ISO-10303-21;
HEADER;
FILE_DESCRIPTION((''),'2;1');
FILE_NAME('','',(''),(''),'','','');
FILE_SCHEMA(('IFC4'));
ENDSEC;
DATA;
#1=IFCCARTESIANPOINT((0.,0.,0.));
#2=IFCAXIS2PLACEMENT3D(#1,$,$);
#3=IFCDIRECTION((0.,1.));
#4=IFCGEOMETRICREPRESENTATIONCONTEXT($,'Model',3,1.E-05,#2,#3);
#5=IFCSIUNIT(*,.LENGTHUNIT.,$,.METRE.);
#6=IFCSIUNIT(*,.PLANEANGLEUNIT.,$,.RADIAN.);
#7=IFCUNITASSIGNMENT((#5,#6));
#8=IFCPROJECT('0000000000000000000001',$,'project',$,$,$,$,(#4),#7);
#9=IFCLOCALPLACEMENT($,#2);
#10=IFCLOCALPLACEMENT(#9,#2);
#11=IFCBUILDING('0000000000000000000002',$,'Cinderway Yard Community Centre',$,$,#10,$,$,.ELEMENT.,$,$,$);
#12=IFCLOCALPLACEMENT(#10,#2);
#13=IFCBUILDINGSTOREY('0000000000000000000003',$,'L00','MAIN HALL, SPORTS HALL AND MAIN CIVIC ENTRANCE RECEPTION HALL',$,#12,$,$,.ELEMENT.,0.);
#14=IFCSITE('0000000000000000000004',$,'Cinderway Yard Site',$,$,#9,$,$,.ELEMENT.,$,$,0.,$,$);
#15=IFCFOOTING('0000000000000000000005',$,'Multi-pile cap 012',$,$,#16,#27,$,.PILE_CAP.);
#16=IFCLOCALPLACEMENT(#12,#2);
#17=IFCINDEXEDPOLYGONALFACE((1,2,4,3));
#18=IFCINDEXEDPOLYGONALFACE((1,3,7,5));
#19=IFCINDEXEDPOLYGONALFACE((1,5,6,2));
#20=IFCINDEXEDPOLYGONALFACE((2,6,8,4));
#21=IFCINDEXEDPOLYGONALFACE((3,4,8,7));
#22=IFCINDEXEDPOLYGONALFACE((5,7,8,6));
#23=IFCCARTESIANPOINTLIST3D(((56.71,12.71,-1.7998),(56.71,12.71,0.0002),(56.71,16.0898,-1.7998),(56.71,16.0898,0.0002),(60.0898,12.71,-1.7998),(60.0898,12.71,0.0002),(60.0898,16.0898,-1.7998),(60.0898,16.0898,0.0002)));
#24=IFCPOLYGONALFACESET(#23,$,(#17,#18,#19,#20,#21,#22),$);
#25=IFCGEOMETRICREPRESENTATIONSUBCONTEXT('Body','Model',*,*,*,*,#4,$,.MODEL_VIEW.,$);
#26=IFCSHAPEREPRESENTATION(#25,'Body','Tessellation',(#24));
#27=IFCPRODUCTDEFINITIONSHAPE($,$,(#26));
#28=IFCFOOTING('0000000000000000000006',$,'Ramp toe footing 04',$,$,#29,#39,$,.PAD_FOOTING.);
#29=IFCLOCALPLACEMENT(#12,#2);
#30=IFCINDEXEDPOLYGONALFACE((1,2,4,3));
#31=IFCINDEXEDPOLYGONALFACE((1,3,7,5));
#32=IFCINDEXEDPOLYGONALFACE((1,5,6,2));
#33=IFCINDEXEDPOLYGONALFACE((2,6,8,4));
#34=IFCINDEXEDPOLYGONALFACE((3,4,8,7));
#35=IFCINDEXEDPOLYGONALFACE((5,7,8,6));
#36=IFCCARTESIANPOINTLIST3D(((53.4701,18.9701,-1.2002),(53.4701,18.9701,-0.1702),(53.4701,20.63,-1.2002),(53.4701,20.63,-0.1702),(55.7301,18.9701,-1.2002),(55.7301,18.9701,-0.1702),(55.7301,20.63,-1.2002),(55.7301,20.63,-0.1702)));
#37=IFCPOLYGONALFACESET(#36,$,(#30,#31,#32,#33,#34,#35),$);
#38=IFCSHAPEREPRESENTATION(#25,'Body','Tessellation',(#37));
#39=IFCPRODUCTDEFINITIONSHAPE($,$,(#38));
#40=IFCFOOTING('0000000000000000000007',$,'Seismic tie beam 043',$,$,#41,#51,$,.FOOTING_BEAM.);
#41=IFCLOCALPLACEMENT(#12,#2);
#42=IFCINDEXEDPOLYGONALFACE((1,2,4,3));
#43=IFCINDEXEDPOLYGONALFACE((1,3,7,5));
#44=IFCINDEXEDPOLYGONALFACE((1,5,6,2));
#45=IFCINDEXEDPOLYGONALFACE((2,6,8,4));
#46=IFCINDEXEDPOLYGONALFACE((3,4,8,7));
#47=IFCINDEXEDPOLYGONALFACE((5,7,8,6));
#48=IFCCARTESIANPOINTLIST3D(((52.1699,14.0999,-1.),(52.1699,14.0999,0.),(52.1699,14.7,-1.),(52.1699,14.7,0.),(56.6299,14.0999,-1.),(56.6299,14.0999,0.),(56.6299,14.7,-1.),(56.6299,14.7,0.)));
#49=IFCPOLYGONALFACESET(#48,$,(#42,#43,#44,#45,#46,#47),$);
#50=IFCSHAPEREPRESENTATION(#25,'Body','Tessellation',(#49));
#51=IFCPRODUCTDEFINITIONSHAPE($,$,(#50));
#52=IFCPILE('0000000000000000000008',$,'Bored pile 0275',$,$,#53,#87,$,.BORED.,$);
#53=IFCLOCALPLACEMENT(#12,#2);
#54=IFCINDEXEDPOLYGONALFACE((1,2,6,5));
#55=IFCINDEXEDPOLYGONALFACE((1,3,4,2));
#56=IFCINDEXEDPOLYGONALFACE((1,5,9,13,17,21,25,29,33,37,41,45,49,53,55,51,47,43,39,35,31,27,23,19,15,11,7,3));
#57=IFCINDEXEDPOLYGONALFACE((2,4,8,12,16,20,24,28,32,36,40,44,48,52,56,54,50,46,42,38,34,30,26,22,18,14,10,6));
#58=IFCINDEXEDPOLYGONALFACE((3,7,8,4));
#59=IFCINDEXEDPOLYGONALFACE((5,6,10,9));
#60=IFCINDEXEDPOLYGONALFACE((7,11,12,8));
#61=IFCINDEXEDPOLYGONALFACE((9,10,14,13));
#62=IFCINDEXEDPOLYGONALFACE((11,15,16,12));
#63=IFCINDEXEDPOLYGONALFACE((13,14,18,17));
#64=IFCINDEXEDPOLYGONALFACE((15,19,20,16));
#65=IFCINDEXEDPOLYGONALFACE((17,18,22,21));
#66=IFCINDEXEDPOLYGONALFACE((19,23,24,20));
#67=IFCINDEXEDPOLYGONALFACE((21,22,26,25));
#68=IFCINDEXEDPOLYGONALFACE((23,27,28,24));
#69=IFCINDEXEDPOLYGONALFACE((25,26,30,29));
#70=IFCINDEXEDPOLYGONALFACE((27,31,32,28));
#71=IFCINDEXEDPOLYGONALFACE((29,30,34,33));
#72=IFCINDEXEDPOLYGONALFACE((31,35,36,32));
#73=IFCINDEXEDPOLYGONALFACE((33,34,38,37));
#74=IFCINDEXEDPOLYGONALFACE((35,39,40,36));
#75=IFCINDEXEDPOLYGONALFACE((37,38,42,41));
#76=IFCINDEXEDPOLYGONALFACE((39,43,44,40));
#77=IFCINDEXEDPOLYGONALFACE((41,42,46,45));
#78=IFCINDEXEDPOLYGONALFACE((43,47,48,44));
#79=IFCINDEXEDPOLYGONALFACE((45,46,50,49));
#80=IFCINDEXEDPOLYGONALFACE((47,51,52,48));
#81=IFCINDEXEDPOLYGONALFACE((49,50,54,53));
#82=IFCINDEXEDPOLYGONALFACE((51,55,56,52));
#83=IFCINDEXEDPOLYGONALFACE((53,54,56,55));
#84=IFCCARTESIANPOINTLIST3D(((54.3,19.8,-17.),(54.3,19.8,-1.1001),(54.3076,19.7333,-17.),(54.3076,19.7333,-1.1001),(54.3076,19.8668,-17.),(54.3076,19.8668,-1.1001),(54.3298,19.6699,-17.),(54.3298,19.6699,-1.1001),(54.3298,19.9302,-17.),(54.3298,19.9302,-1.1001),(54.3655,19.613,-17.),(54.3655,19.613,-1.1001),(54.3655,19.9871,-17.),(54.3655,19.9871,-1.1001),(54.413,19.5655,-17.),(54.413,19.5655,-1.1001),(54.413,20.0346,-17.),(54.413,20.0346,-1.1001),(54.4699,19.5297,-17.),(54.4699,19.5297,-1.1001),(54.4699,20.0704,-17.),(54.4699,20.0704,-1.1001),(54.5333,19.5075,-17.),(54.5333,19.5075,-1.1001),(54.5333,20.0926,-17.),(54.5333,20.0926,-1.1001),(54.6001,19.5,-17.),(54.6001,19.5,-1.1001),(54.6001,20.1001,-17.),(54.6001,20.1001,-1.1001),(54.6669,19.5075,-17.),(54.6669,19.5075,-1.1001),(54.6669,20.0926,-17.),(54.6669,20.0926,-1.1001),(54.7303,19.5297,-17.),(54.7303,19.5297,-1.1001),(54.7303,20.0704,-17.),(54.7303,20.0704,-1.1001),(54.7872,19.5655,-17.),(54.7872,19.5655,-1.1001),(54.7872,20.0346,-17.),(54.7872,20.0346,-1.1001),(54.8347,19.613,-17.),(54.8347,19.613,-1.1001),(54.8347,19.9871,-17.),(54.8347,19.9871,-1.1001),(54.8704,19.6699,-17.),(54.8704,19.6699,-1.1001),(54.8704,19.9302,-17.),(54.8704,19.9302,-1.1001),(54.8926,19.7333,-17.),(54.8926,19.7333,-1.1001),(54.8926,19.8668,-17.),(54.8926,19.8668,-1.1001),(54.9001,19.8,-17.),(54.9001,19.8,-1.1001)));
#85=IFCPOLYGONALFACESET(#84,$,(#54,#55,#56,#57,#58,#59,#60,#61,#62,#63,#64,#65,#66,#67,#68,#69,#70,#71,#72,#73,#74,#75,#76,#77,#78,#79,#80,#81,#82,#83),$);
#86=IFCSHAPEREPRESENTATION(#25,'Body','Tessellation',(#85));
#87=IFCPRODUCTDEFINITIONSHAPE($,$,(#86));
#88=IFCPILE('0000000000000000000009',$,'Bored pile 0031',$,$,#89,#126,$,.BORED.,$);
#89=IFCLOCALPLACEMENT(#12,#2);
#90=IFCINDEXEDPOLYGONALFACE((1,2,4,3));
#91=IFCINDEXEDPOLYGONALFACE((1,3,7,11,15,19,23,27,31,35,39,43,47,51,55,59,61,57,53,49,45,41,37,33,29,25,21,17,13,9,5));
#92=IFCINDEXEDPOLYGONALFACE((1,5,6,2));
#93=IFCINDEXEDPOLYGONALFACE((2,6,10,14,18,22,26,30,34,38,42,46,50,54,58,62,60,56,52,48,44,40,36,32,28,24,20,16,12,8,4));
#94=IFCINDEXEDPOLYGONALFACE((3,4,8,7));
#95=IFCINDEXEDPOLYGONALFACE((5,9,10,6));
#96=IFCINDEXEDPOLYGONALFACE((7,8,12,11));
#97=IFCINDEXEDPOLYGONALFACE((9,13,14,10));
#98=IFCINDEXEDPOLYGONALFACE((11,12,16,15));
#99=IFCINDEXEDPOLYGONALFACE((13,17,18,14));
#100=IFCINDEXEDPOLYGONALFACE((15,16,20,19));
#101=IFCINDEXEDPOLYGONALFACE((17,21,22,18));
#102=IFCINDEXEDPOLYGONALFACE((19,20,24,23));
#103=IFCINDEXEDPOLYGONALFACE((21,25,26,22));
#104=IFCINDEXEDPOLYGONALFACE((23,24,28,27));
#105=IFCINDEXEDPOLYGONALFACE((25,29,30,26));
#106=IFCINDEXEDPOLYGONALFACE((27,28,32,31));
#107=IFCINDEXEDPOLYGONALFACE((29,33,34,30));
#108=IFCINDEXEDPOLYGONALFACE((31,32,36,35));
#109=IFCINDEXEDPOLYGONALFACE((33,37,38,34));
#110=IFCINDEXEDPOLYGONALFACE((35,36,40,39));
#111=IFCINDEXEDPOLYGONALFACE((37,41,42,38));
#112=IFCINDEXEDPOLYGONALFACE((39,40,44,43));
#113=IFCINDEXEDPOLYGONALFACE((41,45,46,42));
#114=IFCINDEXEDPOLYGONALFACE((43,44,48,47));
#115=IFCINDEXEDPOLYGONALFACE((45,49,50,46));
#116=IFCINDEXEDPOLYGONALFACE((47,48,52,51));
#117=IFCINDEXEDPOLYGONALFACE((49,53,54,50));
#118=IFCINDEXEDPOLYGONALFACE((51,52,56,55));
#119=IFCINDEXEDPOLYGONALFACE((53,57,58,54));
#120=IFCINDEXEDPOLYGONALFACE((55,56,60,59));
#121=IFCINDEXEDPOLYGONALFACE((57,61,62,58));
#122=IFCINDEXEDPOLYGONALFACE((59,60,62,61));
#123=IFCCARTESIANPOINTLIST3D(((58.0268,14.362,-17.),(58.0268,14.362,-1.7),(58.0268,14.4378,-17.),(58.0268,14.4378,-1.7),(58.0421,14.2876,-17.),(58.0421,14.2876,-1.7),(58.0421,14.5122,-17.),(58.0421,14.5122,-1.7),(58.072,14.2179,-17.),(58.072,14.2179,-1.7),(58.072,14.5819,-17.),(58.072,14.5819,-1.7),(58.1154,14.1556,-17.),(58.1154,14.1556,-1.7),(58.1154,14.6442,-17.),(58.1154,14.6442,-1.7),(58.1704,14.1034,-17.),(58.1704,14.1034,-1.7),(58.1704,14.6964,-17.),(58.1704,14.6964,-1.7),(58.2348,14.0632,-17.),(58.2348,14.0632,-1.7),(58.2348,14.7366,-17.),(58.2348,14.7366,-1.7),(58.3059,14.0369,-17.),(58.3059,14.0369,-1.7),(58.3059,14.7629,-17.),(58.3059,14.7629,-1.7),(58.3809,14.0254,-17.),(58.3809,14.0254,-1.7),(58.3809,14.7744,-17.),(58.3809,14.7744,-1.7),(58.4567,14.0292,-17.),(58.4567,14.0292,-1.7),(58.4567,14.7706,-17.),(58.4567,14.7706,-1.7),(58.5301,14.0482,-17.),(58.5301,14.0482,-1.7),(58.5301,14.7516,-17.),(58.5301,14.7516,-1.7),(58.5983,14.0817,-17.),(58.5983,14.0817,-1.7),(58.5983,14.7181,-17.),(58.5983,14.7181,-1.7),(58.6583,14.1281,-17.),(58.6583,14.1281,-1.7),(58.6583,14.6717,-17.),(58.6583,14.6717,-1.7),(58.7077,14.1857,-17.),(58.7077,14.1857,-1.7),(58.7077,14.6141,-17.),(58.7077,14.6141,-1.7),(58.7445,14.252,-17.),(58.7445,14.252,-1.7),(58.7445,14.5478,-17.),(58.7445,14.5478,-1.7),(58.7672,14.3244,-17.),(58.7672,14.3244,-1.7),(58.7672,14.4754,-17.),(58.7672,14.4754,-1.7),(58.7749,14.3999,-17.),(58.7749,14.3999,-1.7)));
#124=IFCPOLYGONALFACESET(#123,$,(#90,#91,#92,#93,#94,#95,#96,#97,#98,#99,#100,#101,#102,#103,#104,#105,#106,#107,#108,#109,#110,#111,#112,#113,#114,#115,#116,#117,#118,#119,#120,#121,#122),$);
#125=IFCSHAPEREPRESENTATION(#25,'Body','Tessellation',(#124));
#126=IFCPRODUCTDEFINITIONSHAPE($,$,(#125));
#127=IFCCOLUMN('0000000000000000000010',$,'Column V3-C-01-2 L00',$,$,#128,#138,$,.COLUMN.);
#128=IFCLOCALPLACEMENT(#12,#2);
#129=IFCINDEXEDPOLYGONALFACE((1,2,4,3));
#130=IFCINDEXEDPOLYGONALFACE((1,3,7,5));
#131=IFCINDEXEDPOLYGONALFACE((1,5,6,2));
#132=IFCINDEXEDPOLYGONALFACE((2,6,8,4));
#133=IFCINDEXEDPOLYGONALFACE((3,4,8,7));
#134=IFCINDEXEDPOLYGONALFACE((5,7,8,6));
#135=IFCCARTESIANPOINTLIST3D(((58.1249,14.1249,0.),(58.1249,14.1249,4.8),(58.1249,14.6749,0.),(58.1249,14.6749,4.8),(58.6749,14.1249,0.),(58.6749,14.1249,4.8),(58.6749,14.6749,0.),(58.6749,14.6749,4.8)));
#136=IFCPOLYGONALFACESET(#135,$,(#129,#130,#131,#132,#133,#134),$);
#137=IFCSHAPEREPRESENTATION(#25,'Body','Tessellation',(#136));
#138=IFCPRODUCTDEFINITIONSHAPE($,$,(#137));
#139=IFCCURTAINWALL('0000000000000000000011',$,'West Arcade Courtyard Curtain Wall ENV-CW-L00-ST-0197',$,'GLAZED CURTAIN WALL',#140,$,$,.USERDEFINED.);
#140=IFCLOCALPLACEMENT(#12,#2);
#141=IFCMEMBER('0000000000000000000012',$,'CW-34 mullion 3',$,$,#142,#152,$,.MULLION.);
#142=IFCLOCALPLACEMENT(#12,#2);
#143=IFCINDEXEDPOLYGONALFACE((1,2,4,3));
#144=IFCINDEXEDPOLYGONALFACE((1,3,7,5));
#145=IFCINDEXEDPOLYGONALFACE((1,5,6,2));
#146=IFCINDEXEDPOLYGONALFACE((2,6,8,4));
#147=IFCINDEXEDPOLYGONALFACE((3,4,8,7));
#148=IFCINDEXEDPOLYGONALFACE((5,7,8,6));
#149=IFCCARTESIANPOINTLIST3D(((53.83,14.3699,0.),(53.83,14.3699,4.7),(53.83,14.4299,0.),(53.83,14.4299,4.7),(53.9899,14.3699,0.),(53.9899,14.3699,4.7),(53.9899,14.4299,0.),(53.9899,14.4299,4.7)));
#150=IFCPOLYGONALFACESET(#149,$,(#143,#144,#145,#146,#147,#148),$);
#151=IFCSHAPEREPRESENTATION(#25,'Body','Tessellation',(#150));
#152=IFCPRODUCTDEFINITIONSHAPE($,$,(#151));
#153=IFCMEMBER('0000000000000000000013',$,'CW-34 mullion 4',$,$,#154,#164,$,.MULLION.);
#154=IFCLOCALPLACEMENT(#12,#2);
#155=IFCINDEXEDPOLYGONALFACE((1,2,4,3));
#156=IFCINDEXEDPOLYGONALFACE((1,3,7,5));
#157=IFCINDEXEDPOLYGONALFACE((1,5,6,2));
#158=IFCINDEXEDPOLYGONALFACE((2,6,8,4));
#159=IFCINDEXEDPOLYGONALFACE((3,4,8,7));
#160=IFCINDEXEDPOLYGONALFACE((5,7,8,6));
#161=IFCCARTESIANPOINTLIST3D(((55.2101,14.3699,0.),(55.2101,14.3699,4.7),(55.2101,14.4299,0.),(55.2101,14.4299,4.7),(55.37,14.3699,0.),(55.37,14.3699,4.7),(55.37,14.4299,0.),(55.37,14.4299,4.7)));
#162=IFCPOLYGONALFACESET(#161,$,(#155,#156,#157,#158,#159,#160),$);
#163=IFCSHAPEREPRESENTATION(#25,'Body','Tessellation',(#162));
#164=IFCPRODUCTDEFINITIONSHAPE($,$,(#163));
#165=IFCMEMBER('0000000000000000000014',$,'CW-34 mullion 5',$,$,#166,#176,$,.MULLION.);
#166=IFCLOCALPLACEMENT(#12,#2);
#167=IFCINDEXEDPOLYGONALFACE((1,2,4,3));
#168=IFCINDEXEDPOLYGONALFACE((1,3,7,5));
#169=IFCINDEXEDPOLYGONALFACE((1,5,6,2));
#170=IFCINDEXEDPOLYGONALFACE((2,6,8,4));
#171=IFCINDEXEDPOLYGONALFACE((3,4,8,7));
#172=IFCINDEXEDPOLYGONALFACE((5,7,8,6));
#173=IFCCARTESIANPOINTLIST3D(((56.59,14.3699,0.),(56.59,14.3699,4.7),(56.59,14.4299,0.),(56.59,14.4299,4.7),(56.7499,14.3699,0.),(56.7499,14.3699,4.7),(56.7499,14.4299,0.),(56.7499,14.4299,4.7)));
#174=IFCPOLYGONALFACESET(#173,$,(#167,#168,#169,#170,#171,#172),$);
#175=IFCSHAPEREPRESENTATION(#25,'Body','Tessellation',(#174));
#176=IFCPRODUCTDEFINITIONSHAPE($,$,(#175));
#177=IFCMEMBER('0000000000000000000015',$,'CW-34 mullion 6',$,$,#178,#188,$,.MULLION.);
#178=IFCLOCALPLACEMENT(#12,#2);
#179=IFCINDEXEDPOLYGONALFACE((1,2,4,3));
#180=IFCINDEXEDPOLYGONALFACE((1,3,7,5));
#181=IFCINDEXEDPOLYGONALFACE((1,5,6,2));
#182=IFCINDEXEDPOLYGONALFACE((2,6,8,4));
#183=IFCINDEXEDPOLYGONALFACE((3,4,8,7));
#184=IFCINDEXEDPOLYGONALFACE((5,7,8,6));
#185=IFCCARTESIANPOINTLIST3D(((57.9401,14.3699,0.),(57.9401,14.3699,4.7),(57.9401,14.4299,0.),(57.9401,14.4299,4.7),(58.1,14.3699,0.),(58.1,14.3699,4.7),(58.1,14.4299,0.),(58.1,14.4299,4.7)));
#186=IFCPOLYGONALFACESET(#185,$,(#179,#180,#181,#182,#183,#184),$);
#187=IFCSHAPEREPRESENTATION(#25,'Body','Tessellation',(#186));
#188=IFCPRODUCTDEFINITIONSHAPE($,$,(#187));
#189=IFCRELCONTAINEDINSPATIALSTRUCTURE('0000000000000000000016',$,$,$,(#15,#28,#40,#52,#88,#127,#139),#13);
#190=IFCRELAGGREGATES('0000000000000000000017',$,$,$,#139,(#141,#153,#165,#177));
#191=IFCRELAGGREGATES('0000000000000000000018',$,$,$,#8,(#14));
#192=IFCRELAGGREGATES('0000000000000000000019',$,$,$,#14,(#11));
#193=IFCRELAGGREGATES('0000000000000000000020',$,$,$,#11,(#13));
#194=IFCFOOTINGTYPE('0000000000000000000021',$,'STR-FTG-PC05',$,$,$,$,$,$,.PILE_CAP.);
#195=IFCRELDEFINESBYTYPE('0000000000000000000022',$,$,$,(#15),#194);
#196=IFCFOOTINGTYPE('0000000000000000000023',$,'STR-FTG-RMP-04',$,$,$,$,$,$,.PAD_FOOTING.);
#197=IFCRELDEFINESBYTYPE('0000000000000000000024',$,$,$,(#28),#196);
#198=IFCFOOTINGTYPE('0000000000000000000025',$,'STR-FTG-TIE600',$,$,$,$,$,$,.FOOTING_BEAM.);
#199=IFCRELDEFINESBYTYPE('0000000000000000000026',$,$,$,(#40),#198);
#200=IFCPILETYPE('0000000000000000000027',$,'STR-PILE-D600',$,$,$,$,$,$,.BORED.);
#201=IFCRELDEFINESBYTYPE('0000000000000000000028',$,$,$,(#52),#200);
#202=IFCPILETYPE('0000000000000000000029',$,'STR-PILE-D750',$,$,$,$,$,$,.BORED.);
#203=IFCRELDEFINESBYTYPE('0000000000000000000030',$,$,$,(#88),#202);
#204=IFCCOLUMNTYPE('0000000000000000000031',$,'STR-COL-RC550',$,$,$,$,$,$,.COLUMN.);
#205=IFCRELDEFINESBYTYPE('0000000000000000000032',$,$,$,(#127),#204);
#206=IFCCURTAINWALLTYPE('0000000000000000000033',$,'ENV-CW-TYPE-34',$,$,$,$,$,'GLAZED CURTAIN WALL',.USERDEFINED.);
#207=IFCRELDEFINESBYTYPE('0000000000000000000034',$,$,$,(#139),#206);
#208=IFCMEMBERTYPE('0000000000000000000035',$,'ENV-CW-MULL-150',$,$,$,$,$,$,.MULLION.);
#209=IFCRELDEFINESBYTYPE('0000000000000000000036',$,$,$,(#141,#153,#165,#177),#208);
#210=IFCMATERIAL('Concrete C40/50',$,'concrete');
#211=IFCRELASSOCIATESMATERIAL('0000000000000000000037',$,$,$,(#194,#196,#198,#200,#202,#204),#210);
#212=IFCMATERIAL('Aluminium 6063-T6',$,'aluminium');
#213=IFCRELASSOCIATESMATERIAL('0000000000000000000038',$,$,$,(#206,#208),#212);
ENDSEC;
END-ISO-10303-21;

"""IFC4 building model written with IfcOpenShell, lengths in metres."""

from ifc_helpers import new_model, si_unit, direction, frame, origin, origin_2d, place, context, subcontext, project, spatial, rectangle, circle, extrude, material, material_profile, profile_set, type_object, element, aggregate, save


model = new_model("IFC4")

# Units and contexts
model_context = context("Model", 3, precision=1e-05, world=origin(), true_north=direction((0.0, 1.0)))
body_context = subcontext(model_context, "Body", "Model", "MODEL_VIEW")
ifc_project = project(units=[si_unit("LENGTHUNIT", "METRE"), si_unit("PLANEANGLEUNIT", "RADIAN")], contexts=[model_context])

# Site, building, storey
site_placement = place(None, origin())
site = spatial("IfcSite", under=ifc_project, at=site_placement, Name="Cinderway Yard Site", CompositionType="ELEMENT", RefElevation=0.0)
building_placement = place(site_placement, origin())
building = spatial("IfcBuilding", under=site, at=building_placement, Name="Cinderway Yard Community Centre", CompositionType="ELEMENT")
storey_placement = place(building_placement, origin())
storey = spatial("IfcBuildingStorey", under=building, at=storey_placement, Name="L00", Description="MAIN HALL, SPORTS HALL AND MAIN CIVIC ENTRANCE RECEPTION HALL", CompositionType="ELEMENT", Elevation=0.0)

# Footings
ifc_material_1 = material(Name="Concrete C40/50", Category="concrete")
footing_type_1 = type_object("IfcFootingType", Name="STR-FTG-PC05", PredefinedType="PILE_CAP", material=ifc_material_1)
footing_1_placement = place(storey_placement, frame((58.3999, 14.3999, -1.7998), z_axis=(0.0, 0.0, 1.0), x_axis=(1.0, 0.0, 0.0)))
element("IfcFooting", 1, at=footing_1_placement, inside=storey, type_object=footing_type_1, Name="Multi-pile cap 012", PredefinedType="PILE_CAP", context=body_context, shape_type="SweptSolid", body=[
    extrude(rectangle(XDim=3.3799, YDim=3.3799, at=origin_2d()), origin(), (0.0, 0.0, 1.0), 1.8),
])
footing_type_2 = type_object("IfcFootingType", Name="STR-FTG-RMP-04", PredefinedType="PAD_FOOTING", material=ifc_material_1)
footing_2_placement = place(storey_placement, frame((54.6001, 19.8, -1.2002), z_axis=(0.0, 0.0, 1.0), x_axis=(1.0, 0.0, 0.0)))
element("IfcFooting", 2, at=footing_2_placement, inside=storey, type_object=footing_type_2, Name="Ramp toe footing 04", PredefinedType="PAD_FOOTING", context=body_context, shape_type="SweptSolid", body=[
    extrude(rectangle(XDim=2.26, YDim=1.6599, at=origin_2d()), origin(), (0.0, 0.0, 1.0), 1.03),
])
footing_type_3 = type_object("IfcFootingType", Name="STR-FTG-TIE600", PredefinedType="FOOTING_BEAM", material=ifc_material_1)
footing_3_placement = place(storey_placement, frame((54.3999, 14.3999, -1.0), z_axis=(0.0, 0.0, 1.0), x_axis=(1.0, 0.0, 0.0)))
element("IfcFooting", 3, at=footing_3_placement, inside=storey, type_object=footing_type_3, Name="Seismic tie beam 043", PredefinedType="FOOTING_BEAM", context=body_context, shape_type="SweptSolid", body=[
    extrude(rectangle(XDim=4.46, YDim=0.6001, at=origin_2d()), origin(), (0.0, 0.0, 1.0), 1.0),
])

# Piles
ifc_material_profile_1 = material_profile(ifc_material_1, circle(Radius=0.3, at=origin_2d()), Name="Concrete C40/50")
ifc_profile_set_1 = profile_set([ifc_material_profile_1], Name="Concrete C40/50")
pile_type_1 = type_object("IfcPileType", Name="STR-PILE-D600", PredefinedType="BORED", material=ifc_profile_set_1)
pile_1_placement = place(storey_placement, frame((54.6001, 19.8, -1.1001), z_axis=(0.0, 0.0, -1.0), x_axis=(1.0, 0.0, 0.0)))
element("IfcPile", 4, at=pile_1_placement, inside=storey, type_object=pile_type_1, Name="Bored pile 0275", PredefinedType="BORED", context=body_context, shape_type="SweptSolid", body=[
    extrude(circle(Radius=0.3, at=origin_2d()), origin(), (0.0, 0.0, 1.0), 15.8999),
])
ifc_material_profile_2 = material_profile(ifc_material_1, circle(Radius=0.375, at=origin_2d()), Name="Concrete C40/50")
ifc_profile_set_2 = profile_set([ifc_material_profile_2], Name="Concrete C40/50")
pile_type_2 = type_object("IfcPileType", Name="STR-PILE-D750", PredefinedType="BORED", material=ifc_profile_set_2)
pile_2_placement = place(storey_placement, frame((58.3999, 14.3999, -1.7), z_axis=(0.0, 0.0, -1.0), x_axis=(1.0, 0.0, 0.0)))
element("IfcPile", 5, at=pile_2_placement, inside=storey, type_object=pile_type_2, Name="Bored pile 0031", PredefinedType="BORED", context=body_context, shape_type="SweptSolid", body=[
    extrude(circle(Radius=0.375, at=origin_2d()), origin(), (0.0, 0.0, 1.0), 15.3),
])

# Column
ifc_material_profile_3 = material_profile(ifc_material_1, rectangle(XDim=0.55, YDim=0.55, at=origin_2d()), Name="Concrete C40/50")
ifc_profile_set_3 = profile_set([ifc_material_profile_3], Name="Concrete C40/50")
column_type = type_object("IfcColumnType", Name="STR-COL-RC550", PredefinedType="COLUMN", material=ifc_profile_set_3)
column_placement = place(storey_placement, frame((58.3999, 14.3999, 0.0), z_axis=(0.0, 0.0, 1.0), x_axis=(1.0, 0.0, 0.0)))
element("IfcColumn", 6, at=column_placement, inside=storey, type_object=column_type, Name="Column V3-C-01-2 L00", PredefinedType="COLUMN", context=body_context, shape_type="SweptSolid", body=[
    extrude(rectangle(XDim=0.55, YDim=0.55, at=origin_2d()), origin(), (0.0, 0.0, 1.0), 4.8),
])

# Curtain wall, members
ifc_material_2 = material(Name="Aluminium 6063-T6", Category="aluminium")
curtain_wall_type = type_object("IfcCurtainWallType", Name="ENV-CW-TYPE-34", ElementType="GLAZED CURTAIN WALL", PredefinedType="USERDEFINED", material=ifc_material_2)
curtain_wall_placement = place(storey_placement, origin())
curtain_wall = element("IfcCurtainWall", 7, at=curtain_wall_placement, inside=storey, type_object=curtain_wall_type, Name="West Arcade Courtyard Curtain Wall ENV-CW-L00-ST-0197", ObjectType="GLAZED CURTAIN WALL", PredefinedType="USERDEFINED")
ifc_material_profile_4 = material_profile(ifc_material_2, rectangle(XDim=0.0601, YDim=0.1599, at=origin_2d()), Name="Aluminium 6063-T6")
ifc_profile_set_4 = profile_set([ifc_material_profile_4], Name="Aluminium 6063-T6")
member_type_1 = type_object("IfcMemberType", Name="ENV-CW-MULL-150", PredefinedType="MULLION", material=ifc_profile_set_4)
member_1_placement = place(storey_placement, frame((53.9099, 14.3999, 0.0), z_axis=(0.0, 0.0, 1.0), x_axis=(0.0, 1.0, 0.0)))
member_1 = element("IfcMember", 8, at=member_1_placement, type_object=member_type_1, Name="CW-34 mullion 3", PredefinedType="MULLION", context=body_context, shape_type="SweptSolid", body=[
    extrude(rectangle(XDim=0.0601, YDim=0.1599, at=origin_2d()), origin(), (0.0, 0.0, 1.0), 4.7),
])
member_2_placement = place(storey_placement, frame((55.29, 14.3999, 0.0), z_axis=(0.0, 0.0, 1.0), x_axis=(0.0, 1.0, 0.0)))
member_2 = element("IfcMember", 9, at=member_2_placement, type_object=member_type_1, Name="CW-34 mullion 4", PredefinedType="MULLION", context=body_context, shape_type="SweptSolid", body=[
    extrude(rectangle(XDim=0.0601, YDim=0.1599, at=origin_2d()), origin(), (0.0, 0.0, 1.0), 4.7),
])
member_3_placement = place(storey_placement, frame((56.6699, 14.3999, 0.0), z_axis=(0.0, 0.0, 1.0), x_axis=(0.0, 1.0, 0.0)))
member_3 = element("IfcMember", 10, at=member_3_placement, type_object=member_type_1, Name="CW-34 mullion 5", PredefinedType="MULLION", context=body_context, shape_type="SweptSolid", body=[
    extrude(rectangle(XDim=0.0601, YDim=0.1599, at=origin_2d()), origin(), (0.0, 0.0, 1.0), 4.7),
])
member_4_placement = place(storey_placement, frame((58.02, 14.3999, 0.0), z_axis=(0.0, 0.0, 1.0), x_axis=(0.0, 1.0, 0.0)))
member_4 = element("IfcMember", 11, at=member_4_placement, type_object=member_type_1, Name="CW-34 mullion 6", PredefinedType="MULLION", context=body_context, shape_type="SweptSolid", body=[
    extrude(rectangle(XDim=0.0601, YDim=0.1599, at=origin_2d()), origin(), (0.0, 0.0, 1.0), 4.7),
])
aggregate(curtain_wall, [member_1, member_2, member_3, member_4])

save(model, "model.ifc")
